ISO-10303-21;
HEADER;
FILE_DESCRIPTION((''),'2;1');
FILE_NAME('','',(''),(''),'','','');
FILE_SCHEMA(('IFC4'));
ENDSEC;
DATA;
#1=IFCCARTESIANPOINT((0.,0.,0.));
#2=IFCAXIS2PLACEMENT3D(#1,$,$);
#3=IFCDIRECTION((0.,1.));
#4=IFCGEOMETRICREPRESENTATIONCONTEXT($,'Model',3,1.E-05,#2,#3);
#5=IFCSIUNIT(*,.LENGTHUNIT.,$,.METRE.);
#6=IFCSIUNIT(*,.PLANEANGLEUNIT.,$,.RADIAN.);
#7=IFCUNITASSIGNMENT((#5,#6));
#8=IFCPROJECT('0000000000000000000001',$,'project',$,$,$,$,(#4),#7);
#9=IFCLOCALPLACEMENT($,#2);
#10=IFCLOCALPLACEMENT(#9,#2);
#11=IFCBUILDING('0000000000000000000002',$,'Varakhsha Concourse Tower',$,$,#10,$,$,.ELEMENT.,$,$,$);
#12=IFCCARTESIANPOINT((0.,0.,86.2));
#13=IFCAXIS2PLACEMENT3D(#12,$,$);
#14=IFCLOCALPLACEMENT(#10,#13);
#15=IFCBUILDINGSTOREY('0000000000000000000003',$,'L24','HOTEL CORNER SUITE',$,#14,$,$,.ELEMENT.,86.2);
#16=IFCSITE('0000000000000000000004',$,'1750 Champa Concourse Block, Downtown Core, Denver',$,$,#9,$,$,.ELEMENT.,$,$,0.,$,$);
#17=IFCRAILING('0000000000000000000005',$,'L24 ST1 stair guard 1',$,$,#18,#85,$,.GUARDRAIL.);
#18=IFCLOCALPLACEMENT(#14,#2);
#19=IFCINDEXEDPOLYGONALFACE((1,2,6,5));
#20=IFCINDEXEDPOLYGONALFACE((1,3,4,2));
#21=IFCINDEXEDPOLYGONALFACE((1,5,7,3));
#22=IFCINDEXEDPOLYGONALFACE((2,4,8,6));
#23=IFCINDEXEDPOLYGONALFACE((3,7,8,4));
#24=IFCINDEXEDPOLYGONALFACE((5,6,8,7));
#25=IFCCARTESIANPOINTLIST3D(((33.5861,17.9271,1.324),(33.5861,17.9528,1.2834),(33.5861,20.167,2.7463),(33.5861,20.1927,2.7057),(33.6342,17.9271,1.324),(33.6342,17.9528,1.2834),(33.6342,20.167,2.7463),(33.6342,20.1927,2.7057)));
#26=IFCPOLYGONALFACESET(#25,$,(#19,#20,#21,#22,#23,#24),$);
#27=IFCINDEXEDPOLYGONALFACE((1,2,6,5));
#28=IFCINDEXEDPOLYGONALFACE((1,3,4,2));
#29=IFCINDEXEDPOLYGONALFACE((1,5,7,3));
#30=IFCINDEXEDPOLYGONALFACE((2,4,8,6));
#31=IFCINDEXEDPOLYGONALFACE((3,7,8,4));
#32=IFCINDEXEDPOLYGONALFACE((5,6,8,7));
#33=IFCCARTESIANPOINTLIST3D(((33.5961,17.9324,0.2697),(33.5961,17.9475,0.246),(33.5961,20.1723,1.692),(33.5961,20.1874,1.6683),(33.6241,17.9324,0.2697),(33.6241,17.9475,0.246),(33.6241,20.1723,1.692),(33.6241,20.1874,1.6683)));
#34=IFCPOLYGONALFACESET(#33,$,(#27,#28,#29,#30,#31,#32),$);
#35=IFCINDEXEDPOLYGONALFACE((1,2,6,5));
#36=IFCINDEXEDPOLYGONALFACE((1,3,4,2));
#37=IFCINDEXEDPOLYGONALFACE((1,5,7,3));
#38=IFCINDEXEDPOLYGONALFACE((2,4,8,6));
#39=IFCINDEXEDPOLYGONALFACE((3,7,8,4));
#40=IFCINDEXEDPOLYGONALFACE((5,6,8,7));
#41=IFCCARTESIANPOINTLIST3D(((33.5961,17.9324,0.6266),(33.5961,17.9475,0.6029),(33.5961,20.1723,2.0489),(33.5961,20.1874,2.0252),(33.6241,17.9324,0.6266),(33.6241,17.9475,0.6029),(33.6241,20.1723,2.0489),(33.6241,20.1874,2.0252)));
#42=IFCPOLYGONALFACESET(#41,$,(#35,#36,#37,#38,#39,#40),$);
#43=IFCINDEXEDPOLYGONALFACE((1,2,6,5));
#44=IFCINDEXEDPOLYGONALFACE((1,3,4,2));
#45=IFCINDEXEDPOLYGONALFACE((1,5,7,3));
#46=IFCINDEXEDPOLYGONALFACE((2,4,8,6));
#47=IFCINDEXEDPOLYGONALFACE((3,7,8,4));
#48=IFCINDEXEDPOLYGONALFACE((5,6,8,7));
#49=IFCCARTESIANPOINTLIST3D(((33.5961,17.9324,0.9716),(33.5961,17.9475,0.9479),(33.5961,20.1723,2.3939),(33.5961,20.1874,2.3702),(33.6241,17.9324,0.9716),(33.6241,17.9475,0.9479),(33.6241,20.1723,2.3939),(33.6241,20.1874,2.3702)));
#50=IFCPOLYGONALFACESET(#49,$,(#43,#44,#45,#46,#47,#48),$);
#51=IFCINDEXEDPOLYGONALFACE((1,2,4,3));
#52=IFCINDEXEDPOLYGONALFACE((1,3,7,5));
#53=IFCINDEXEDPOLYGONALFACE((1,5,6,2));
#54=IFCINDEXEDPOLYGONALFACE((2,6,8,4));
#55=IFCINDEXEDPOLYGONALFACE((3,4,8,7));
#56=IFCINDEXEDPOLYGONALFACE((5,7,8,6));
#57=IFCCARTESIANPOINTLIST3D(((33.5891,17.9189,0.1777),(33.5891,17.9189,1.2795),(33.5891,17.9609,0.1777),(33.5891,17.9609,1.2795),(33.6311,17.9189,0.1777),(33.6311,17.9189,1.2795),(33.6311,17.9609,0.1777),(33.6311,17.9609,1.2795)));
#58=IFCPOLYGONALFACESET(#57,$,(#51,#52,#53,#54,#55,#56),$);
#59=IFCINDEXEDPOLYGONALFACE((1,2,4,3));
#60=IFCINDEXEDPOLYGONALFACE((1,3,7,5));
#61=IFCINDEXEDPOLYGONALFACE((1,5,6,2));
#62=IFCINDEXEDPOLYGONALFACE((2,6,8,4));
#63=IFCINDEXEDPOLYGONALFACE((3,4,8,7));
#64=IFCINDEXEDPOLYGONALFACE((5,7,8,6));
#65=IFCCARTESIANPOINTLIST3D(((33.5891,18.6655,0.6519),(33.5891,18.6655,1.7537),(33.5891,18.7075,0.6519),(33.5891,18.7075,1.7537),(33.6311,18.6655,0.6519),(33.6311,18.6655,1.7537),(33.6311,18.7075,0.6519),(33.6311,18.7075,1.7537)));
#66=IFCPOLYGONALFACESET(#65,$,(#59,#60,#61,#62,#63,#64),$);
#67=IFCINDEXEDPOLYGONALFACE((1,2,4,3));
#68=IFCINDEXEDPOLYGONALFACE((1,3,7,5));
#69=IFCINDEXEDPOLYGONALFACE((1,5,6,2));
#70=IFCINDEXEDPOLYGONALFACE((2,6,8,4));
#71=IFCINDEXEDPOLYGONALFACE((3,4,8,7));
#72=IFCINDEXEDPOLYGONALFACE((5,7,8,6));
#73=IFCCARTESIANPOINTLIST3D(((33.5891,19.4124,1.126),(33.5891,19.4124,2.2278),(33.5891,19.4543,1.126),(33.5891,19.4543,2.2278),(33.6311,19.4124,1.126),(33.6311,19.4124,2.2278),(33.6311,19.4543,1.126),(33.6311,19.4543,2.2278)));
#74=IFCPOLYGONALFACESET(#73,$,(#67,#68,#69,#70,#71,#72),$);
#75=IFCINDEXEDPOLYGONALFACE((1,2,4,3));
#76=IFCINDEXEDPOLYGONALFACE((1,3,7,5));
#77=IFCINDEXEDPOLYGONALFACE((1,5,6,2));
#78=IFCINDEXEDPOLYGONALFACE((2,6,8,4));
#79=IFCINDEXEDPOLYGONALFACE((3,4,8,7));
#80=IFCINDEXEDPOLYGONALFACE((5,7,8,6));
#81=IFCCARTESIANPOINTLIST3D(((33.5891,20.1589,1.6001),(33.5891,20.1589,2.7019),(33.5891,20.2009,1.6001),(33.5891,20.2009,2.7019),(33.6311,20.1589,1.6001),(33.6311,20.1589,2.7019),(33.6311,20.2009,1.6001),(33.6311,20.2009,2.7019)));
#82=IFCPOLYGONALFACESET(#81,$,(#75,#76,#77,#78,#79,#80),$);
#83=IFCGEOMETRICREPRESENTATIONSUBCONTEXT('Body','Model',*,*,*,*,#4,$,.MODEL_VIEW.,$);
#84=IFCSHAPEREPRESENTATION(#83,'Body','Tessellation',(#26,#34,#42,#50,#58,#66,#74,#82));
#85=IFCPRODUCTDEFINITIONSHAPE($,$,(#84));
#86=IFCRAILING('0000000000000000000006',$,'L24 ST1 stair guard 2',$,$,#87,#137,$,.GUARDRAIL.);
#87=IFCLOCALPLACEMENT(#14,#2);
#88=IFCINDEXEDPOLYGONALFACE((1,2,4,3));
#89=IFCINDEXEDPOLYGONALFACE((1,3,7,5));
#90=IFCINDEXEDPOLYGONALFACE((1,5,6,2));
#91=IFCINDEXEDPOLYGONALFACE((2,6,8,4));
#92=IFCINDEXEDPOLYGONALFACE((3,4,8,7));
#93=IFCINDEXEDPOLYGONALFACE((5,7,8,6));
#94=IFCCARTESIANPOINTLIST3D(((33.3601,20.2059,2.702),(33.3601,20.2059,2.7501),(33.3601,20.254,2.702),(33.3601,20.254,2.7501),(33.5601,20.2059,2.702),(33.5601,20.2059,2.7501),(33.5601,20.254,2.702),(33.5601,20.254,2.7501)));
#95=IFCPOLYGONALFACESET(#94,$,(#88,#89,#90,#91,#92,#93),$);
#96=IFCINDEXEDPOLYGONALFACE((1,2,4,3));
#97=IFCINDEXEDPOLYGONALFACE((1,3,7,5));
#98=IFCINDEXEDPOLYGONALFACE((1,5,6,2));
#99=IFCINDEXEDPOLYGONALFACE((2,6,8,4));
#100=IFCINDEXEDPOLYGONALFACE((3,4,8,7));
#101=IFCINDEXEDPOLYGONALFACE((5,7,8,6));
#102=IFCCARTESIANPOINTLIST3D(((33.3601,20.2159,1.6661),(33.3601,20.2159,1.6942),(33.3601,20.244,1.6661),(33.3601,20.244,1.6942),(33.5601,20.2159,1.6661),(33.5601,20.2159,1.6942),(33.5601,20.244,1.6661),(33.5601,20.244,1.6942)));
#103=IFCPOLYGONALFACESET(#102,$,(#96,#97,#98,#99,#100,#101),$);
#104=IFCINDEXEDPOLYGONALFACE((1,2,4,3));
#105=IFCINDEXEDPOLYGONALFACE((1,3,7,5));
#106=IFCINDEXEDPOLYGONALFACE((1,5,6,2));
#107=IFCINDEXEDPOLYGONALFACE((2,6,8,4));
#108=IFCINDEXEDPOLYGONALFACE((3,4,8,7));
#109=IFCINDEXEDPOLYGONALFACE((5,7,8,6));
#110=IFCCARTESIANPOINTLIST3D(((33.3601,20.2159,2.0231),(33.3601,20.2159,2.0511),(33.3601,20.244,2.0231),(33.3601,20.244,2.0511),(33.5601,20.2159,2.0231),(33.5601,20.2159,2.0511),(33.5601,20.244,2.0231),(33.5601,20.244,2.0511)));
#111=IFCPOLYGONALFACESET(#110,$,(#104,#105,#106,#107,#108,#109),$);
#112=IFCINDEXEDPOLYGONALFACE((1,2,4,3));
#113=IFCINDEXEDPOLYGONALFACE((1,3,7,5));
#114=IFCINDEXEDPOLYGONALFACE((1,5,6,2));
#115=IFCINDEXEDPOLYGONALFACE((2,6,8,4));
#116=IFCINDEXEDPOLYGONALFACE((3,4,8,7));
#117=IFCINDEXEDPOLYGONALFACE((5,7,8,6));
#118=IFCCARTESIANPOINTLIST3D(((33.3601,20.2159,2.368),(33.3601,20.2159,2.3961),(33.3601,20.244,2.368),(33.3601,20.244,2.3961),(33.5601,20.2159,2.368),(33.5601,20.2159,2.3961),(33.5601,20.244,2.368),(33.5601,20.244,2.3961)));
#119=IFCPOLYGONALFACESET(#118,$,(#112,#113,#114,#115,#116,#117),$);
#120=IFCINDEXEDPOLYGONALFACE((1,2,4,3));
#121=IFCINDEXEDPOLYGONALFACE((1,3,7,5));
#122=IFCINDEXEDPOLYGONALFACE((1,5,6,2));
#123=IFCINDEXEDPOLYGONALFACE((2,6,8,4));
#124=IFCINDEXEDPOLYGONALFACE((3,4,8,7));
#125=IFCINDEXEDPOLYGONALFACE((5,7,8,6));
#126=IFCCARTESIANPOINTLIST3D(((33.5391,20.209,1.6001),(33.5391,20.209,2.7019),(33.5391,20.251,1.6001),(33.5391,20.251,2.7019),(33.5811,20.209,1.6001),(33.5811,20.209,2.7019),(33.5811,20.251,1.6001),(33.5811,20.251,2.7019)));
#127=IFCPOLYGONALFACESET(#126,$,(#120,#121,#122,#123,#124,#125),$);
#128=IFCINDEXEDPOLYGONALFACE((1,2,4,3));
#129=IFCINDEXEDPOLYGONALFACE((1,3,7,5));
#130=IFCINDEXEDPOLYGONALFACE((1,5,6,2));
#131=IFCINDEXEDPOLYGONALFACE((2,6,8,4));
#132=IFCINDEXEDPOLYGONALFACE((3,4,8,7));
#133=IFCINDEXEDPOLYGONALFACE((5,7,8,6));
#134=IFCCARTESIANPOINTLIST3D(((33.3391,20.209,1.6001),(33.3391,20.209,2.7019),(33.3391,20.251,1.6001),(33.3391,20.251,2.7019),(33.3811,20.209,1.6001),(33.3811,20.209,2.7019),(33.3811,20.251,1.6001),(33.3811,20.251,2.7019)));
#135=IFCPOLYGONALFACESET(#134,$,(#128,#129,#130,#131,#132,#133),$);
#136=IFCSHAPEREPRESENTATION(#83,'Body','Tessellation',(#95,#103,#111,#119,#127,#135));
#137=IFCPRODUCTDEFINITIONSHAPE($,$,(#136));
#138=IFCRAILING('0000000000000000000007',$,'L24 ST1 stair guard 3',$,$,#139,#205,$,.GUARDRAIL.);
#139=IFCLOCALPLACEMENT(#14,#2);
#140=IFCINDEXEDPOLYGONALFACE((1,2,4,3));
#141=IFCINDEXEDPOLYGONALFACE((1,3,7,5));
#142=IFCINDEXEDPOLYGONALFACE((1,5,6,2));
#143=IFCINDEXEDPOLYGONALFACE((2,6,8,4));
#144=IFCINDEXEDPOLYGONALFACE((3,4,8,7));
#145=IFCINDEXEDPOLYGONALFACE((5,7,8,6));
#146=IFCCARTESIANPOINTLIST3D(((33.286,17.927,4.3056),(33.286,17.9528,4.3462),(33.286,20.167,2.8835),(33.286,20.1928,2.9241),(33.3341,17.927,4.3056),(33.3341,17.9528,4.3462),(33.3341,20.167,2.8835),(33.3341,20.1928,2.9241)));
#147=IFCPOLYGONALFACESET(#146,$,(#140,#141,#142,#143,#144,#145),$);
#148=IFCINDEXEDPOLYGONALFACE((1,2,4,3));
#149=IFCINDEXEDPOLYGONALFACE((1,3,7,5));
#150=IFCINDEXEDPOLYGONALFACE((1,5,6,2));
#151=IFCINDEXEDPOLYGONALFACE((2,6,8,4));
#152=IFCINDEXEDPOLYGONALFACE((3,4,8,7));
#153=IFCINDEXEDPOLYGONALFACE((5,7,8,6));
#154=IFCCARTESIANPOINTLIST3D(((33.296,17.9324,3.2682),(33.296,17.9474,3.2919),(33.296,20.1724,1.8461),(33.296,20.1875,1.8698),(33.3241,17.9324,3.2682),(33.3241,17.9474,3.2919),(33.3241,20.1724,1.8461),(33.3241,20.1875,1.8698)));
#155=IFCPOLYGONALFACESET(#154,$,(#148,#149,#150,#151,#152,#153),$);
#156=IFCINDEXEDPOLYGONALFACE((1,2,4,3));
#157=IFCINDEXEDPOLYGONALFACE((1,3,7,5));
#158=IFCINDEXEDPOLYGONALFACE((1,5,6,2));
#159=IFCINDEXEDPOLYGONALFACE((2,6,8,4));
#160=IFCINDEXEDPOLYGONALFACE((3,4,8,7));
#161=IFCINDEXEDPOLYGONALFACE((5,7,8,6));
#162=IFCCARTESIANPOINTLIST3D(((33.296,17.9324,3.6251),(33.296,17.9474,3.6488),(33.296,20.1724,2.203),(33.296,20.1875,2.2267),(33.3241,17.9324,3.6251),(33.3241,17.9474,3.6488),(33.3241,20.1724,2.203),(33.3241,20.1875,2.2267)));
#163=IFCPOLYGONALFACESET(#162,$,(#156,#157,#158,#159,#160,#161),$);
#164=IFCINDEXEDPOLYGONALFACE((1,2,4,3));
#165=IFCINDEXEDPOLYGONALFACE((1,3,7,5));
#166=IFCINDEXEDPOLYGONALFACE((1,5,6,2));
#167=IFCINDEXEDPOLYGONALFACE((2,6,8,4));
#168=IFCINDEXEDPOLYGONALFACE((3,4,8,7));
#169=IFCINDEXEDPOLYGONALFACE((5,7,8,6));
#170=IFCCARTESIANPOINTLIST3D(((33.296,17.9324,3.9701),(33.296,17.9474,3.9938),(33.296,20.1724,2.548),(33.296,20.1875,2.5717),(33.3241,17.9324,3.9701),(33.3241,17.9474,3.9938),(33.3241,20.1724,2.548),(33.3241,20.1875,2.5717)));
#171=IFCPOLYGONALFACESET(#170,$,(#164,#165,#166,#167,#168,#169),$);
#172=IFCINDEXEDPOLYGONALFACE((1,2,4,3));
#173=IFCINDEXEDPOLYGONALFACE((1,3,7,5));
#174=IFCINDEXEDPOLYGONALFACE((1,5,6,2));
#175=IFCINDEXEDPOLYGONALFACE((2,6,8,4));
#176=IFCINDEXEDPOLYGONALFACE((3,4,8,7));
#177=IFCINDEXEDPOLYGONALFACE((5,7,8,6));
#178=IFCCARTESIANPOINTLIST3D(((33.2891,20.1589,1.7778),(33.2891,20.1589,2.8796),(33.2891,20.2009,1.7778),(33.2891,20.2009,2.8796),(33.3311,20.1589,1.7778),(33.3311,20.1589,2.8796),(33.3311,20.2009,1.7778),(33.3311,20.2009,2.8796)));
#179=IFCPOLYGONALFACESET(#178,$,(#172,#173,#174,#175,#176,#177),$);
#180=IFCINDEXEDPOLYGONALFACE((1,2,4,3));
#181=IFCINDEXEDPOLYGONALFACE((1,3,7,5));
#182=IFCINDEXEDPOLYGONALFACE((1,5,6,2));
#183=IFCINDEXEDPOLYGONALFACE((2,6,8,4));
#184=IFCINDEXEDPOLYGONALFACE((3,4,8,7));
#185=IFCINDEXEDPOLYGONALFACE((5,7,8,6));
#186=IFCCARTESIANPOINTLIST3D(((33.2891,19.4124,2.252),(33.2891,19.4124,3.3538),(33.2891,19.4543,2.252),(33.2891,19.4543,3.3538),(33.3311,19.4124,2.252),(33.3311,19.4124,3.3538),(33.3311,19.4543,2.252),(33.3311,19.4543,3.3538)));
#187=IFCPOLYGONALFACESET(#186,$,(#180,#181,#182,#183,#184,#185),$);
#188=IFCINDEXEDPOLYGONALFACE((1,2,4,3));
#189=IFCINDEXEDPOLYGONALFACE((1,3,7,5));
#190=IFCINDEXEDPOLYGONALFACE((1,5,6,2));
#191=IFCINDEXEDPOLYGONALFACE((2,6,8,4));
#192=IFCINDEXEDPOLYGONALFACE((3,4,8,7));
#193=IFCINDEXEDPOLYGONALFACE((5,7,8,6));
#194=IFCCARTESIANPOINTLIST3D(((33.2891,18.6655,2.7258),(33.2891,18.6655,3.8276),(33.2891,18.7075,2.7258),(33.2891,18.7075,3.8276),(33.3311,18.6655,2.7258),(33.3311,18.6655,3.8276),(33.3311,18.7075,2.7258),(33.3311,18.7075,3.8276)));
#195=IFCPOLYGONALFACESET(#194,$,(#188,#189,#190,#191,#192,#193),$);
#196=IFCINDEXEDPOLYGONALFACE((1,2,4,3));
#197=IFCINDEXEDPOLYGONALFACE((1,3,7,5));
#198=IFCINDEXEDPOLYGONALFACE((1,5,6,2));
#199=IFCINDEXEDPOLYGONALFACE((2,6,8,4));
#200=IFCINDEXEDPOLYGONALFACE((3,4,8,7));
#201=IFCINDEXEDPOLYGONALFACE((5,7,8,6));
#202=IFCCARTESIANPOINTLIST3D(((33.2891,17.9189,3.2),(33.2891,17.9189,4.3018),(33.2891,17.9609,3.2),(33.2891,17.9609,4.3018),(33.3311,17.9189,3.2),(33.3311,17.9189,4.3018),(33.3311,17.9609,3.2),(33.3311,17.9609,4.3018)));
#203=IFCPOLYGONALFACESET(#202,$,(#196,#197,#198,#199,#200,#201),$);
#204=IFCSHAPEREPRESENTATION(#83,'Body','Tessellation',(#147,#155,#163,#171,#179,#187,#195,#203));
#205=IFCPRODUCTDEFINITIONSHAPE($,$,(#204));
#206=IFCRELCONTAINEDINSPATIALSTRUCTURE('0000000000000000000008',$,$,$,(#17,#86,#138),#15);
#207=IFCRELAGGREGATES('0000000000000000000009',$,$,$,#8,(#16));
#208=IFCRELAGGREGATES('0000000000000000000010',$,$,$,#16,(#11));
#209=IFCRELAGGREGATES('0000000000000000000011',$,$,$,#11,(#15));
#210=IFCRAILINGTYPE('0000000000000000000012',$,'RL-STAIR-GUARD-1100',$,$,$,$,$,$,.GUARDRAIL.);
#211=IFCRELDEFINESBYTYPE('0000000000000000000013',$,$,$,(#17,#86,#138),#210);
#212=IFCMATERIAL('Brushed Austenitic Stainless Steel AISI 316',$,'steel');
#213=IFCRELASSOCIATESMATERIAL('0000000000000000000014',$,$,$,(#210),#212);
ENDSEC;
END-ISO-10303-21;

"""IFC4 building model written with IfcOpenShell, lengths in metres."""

from ifc_helpers import new_model, si_unit, direction, frame, origin, origin_2d, place, context, subcontext, project, spatial, rectangle, extrude, material, type_object, element, save


model = new_model("IFC4")

# Units and contexts
model_context = context("Model", 3, precision=1e-05, world=origin(), true_north=direction((0.0, 1.0)))
body_context = subcontext(model_context, "Body", "Model", "MODEL_VIEW")
ifc_project = project(units=[si_unit("LENGTHUNIT", "METRE"), si_unit("PLANEANGLEUNIT", "RADIAN")], contexts=[model_context])

# Site, building, storey
site_placement = place(None, origin())
site = spatial("IfcSite", under=ifc_project, at=site_placement, Name="1750 Champa Concourse Block, Downtown Core, Denver", CompositionType="ELEMENT", RefElevation=0.0)
building_placement = place(site_placement, origin())
building = spatial("IfcBuilding", under=site, at=building_placement, Name="Varakhsha Concourse Tower", CompositionType="ELEMENT")
storey_placement = place(building_placement, frame((0.0, 0.0, 86.2)))
storey = spatial("IfcBuildingStorey", under=building, at=storey_placement, Name="L24", Description="HOTEL CORNER SUITE", CompositionType="ELEMENT", Elevation=86.2)

# Railings
ifc_material_1 = material(Name="Brushed Austenitic Stainless Steel AISI 316", Category="steel")
railing_type_1 = type_object("IfcRailingType", Name="RL-STAIR-GUARD-1100", PredefinedType="GUARDRAIL", material=ifc_material_1)
railing_1_placement = place(storey_placement, frame((33.6101, 17.9399, 0.1777)))
element("IfcRailing", 1, at=railing_1_placement, inside=storey, type_object=railing_type_1, Name="L24 ST1 stair guard 1", PredefinedType="GUARDRAIL", context=body_context, shape_type="SweptSolid", body=[
    extrude(rectangle(XDim=0.0481, YDim=0.0481, at=origin_2d()), frame((0.0, 0.0, 1.126), z_axis=(0.0, 0.844188, 0.536048), x_axis=(-1.0, 0.0, 0.0)), (0.0, 0.0, 1.0), 2.6533),
    extrude(rectangle(XDim=0.0281, YDim=0.0281, at=origin_2d()), frame((0.0, 0.0, 0.0801), z_axis=(0.0, 0.844188, 0.536048), x_axis=(-1.0, 0.0, 0.0)), (0.0, 0.0, 1.0), 2.6533),
    extrude(rectangle(XDim=0.0281, YDim=0.0281, at=origin_2d()), frame((0.0, 0.0, 0.437), z_axis=(0.0, 0.844188, 0.536048), x_axis=(-1.0, 0.0, 0.0)), (0.0, 0.0, 1.0), 2.6533),
    extrude(rectangle(XDim=0.0281, YDim=0.0281, at=origin_2d()), frame((0.0, 0.0, 0.782), z_axis=(0.0, 0.844188, 0.536048), x_axis=(-1.0, 0.0, 0.0)), (0.0, 0.0, 1.0), 2.6533),
    extrude(rectangle(XDim=0.042, YDim=0.042, at=origin_2d()), origin(), (0.0, 0.0, 1.0), 1.1018),
    extrude(rectangle(XDim=0.042, YDim=0.042, at=origin_2d()), frame((0.0, 0.7466, 0.4741)), (0.0, 0.0, 1.0), 1.1018),
    extrude(rectangle(XDim=0.042, YDim=0.042, at=origin_2d()), frame((0.0, 1.4934, 0.9482)), (0.0, 0.0, 1.0), 1.1018),
    extrude(rectangle(XDim=0.042, YDim=0.042, at=origin_2d()), frame((0.0, 2.24, 1.4224)), (0.0, 0.0, 1.0), 1.1018),
])
railing_2_placement = place(storey_placement, frame((33.5601, 20.23, 1.6001)))
element("IfcRailing", 2, at=railing_2_placement, inside=storey, type_object=railing_type_1, Name="L24 ST1 stair guard 2", PredefinedType="GUARDRAIL", context=body_context, shape_type="SweptSolid", body=[
    extrude(rectangle(XDim=0.0481, YDim=0.0481, at=origin_2d()), frame((0.0, 0.0, 1.126), z_axis=(-1.0, 0.0, 0.0), x_axis=(0.0, -1.0, 0.0)), (0.0, 0.0, 1.0), 0.2),
    extrude(rectangle(XDim=0.0281, YDim=0.0281, at=origin_2d()), frame((0.0, 0.0, 0.0801), z_axis=(-1.0, 0.0, 0.0), x_axis=(0.0, -1.0, 0.0)), (0.0, 0.0, 1.0), 0.2),
    extrude(rectangle(XDim=0.0281, YDim=0.0281, at=origin_2d()), frame((0.0, 0.0, 0.437), z_axis=(-1.0, 0.0, 0.0), x_axis=(0.0, -1.0, 0.0)), (0.0, 0.0, 1.0), 0.2),
    extrude(rectangle(XDim=0.0281, YDim=0.0281, at=origin_2d()), frame((0.0, 0.0, 0.782), z_axis=(-1.0, 0.0, 0.0), x_axis=(0.0, -1.0, 0.0)), (0.0, 0.0, 1.0), 0.2),
    extrude(rectangle(XDim=0.042, YDim=0.042, at=origin_2d()), origin(), (0.0, 0.0, 1.0), 1.1018),
    extrude(rectangle(XDim=0.042, YDim=0.042, at=origin_2d()), frame((-0.2, 0.0, 0.0)), (0.0, 0.0, 1.0), 1.1018),
])
railing_3_placement = place(storey_placement, frame((33.3101, 20.1799, 1.7778)))
element("IfcRailing", 3, at=railing_3_placement, inside=storey, type_object=railing_type_1, Name="L24 ST1 stair guard 3", PredefinedType="GUARDRAIL", context=body_context, shape_type="SweptSolid", body=[
    extrude(rectangle(XDim=0.0481, YDim=0.0481, at=origin_2d()), frame((0.0, 0.0, 1.126), z_axis=(0.0, -0.844229, 0.535982), x_axis=(1.0, 0.0, 0.0)), (0.0, 0.0, 1.0), 2.6533),
    extrude(rectangle(XDim=0.0281, YDim=0.0281, at=origin_2d()), frame((0.0, 0.0, 0.0801), z_axis=(0.0, -0.844229, 0.535982), x_axis=(1.0, 0.0, 0.0)), (0.0, 0.0, 1.0), 2.6533),
    extrude(rectangle(XDim=0.0281, YDim=0.0281, at=origin_2d()), frame((0.0, 0.0, 0.437), z_axis=(0.0, -0.844229, 0.535982), x_axis=(1.0, 0.0, 0.0)), (0.0, 0.0, 1.0), 2.6533),
    extrude(rectangle(XDim=0.0281, YDim=0.0281, at=origin_2d()), frame((0.0, 0.0, 0.782), z_axis=(0.0, -0.844229, 0.535982), x_axis=(1.0, 0.0, 0.0)), (0.0, 0.0, 1.0), 2.6533),
    extrude(rectangle(XDim=0.042, YDim=0.042, at=origin_2d()), origin(), (0.0, 0.0, 1.0), 1.1018),
    extrude(rectangle(XDim=0.042, YDim=0.042, at=origin_2d()), frame((0.0, -0.7466, 0.4741)), (0.0, 0.0, 1.0), 1.1018),
    extrude(rectangle(XDim=0.042, YDim=0.042, at=origin_2d()), frame((0.0, -1.4934, 0.948)), (0.0, 0.0, 1.0), 1.1018),
    extrude(rectangle(XDim=0.042, YDim=0.042, at=origin_2d()), frame((0.0, -2.24, 1.4221)), (0.0, 0.0, 1.0), 1.1018),
])

save(model, "model.ifc")
